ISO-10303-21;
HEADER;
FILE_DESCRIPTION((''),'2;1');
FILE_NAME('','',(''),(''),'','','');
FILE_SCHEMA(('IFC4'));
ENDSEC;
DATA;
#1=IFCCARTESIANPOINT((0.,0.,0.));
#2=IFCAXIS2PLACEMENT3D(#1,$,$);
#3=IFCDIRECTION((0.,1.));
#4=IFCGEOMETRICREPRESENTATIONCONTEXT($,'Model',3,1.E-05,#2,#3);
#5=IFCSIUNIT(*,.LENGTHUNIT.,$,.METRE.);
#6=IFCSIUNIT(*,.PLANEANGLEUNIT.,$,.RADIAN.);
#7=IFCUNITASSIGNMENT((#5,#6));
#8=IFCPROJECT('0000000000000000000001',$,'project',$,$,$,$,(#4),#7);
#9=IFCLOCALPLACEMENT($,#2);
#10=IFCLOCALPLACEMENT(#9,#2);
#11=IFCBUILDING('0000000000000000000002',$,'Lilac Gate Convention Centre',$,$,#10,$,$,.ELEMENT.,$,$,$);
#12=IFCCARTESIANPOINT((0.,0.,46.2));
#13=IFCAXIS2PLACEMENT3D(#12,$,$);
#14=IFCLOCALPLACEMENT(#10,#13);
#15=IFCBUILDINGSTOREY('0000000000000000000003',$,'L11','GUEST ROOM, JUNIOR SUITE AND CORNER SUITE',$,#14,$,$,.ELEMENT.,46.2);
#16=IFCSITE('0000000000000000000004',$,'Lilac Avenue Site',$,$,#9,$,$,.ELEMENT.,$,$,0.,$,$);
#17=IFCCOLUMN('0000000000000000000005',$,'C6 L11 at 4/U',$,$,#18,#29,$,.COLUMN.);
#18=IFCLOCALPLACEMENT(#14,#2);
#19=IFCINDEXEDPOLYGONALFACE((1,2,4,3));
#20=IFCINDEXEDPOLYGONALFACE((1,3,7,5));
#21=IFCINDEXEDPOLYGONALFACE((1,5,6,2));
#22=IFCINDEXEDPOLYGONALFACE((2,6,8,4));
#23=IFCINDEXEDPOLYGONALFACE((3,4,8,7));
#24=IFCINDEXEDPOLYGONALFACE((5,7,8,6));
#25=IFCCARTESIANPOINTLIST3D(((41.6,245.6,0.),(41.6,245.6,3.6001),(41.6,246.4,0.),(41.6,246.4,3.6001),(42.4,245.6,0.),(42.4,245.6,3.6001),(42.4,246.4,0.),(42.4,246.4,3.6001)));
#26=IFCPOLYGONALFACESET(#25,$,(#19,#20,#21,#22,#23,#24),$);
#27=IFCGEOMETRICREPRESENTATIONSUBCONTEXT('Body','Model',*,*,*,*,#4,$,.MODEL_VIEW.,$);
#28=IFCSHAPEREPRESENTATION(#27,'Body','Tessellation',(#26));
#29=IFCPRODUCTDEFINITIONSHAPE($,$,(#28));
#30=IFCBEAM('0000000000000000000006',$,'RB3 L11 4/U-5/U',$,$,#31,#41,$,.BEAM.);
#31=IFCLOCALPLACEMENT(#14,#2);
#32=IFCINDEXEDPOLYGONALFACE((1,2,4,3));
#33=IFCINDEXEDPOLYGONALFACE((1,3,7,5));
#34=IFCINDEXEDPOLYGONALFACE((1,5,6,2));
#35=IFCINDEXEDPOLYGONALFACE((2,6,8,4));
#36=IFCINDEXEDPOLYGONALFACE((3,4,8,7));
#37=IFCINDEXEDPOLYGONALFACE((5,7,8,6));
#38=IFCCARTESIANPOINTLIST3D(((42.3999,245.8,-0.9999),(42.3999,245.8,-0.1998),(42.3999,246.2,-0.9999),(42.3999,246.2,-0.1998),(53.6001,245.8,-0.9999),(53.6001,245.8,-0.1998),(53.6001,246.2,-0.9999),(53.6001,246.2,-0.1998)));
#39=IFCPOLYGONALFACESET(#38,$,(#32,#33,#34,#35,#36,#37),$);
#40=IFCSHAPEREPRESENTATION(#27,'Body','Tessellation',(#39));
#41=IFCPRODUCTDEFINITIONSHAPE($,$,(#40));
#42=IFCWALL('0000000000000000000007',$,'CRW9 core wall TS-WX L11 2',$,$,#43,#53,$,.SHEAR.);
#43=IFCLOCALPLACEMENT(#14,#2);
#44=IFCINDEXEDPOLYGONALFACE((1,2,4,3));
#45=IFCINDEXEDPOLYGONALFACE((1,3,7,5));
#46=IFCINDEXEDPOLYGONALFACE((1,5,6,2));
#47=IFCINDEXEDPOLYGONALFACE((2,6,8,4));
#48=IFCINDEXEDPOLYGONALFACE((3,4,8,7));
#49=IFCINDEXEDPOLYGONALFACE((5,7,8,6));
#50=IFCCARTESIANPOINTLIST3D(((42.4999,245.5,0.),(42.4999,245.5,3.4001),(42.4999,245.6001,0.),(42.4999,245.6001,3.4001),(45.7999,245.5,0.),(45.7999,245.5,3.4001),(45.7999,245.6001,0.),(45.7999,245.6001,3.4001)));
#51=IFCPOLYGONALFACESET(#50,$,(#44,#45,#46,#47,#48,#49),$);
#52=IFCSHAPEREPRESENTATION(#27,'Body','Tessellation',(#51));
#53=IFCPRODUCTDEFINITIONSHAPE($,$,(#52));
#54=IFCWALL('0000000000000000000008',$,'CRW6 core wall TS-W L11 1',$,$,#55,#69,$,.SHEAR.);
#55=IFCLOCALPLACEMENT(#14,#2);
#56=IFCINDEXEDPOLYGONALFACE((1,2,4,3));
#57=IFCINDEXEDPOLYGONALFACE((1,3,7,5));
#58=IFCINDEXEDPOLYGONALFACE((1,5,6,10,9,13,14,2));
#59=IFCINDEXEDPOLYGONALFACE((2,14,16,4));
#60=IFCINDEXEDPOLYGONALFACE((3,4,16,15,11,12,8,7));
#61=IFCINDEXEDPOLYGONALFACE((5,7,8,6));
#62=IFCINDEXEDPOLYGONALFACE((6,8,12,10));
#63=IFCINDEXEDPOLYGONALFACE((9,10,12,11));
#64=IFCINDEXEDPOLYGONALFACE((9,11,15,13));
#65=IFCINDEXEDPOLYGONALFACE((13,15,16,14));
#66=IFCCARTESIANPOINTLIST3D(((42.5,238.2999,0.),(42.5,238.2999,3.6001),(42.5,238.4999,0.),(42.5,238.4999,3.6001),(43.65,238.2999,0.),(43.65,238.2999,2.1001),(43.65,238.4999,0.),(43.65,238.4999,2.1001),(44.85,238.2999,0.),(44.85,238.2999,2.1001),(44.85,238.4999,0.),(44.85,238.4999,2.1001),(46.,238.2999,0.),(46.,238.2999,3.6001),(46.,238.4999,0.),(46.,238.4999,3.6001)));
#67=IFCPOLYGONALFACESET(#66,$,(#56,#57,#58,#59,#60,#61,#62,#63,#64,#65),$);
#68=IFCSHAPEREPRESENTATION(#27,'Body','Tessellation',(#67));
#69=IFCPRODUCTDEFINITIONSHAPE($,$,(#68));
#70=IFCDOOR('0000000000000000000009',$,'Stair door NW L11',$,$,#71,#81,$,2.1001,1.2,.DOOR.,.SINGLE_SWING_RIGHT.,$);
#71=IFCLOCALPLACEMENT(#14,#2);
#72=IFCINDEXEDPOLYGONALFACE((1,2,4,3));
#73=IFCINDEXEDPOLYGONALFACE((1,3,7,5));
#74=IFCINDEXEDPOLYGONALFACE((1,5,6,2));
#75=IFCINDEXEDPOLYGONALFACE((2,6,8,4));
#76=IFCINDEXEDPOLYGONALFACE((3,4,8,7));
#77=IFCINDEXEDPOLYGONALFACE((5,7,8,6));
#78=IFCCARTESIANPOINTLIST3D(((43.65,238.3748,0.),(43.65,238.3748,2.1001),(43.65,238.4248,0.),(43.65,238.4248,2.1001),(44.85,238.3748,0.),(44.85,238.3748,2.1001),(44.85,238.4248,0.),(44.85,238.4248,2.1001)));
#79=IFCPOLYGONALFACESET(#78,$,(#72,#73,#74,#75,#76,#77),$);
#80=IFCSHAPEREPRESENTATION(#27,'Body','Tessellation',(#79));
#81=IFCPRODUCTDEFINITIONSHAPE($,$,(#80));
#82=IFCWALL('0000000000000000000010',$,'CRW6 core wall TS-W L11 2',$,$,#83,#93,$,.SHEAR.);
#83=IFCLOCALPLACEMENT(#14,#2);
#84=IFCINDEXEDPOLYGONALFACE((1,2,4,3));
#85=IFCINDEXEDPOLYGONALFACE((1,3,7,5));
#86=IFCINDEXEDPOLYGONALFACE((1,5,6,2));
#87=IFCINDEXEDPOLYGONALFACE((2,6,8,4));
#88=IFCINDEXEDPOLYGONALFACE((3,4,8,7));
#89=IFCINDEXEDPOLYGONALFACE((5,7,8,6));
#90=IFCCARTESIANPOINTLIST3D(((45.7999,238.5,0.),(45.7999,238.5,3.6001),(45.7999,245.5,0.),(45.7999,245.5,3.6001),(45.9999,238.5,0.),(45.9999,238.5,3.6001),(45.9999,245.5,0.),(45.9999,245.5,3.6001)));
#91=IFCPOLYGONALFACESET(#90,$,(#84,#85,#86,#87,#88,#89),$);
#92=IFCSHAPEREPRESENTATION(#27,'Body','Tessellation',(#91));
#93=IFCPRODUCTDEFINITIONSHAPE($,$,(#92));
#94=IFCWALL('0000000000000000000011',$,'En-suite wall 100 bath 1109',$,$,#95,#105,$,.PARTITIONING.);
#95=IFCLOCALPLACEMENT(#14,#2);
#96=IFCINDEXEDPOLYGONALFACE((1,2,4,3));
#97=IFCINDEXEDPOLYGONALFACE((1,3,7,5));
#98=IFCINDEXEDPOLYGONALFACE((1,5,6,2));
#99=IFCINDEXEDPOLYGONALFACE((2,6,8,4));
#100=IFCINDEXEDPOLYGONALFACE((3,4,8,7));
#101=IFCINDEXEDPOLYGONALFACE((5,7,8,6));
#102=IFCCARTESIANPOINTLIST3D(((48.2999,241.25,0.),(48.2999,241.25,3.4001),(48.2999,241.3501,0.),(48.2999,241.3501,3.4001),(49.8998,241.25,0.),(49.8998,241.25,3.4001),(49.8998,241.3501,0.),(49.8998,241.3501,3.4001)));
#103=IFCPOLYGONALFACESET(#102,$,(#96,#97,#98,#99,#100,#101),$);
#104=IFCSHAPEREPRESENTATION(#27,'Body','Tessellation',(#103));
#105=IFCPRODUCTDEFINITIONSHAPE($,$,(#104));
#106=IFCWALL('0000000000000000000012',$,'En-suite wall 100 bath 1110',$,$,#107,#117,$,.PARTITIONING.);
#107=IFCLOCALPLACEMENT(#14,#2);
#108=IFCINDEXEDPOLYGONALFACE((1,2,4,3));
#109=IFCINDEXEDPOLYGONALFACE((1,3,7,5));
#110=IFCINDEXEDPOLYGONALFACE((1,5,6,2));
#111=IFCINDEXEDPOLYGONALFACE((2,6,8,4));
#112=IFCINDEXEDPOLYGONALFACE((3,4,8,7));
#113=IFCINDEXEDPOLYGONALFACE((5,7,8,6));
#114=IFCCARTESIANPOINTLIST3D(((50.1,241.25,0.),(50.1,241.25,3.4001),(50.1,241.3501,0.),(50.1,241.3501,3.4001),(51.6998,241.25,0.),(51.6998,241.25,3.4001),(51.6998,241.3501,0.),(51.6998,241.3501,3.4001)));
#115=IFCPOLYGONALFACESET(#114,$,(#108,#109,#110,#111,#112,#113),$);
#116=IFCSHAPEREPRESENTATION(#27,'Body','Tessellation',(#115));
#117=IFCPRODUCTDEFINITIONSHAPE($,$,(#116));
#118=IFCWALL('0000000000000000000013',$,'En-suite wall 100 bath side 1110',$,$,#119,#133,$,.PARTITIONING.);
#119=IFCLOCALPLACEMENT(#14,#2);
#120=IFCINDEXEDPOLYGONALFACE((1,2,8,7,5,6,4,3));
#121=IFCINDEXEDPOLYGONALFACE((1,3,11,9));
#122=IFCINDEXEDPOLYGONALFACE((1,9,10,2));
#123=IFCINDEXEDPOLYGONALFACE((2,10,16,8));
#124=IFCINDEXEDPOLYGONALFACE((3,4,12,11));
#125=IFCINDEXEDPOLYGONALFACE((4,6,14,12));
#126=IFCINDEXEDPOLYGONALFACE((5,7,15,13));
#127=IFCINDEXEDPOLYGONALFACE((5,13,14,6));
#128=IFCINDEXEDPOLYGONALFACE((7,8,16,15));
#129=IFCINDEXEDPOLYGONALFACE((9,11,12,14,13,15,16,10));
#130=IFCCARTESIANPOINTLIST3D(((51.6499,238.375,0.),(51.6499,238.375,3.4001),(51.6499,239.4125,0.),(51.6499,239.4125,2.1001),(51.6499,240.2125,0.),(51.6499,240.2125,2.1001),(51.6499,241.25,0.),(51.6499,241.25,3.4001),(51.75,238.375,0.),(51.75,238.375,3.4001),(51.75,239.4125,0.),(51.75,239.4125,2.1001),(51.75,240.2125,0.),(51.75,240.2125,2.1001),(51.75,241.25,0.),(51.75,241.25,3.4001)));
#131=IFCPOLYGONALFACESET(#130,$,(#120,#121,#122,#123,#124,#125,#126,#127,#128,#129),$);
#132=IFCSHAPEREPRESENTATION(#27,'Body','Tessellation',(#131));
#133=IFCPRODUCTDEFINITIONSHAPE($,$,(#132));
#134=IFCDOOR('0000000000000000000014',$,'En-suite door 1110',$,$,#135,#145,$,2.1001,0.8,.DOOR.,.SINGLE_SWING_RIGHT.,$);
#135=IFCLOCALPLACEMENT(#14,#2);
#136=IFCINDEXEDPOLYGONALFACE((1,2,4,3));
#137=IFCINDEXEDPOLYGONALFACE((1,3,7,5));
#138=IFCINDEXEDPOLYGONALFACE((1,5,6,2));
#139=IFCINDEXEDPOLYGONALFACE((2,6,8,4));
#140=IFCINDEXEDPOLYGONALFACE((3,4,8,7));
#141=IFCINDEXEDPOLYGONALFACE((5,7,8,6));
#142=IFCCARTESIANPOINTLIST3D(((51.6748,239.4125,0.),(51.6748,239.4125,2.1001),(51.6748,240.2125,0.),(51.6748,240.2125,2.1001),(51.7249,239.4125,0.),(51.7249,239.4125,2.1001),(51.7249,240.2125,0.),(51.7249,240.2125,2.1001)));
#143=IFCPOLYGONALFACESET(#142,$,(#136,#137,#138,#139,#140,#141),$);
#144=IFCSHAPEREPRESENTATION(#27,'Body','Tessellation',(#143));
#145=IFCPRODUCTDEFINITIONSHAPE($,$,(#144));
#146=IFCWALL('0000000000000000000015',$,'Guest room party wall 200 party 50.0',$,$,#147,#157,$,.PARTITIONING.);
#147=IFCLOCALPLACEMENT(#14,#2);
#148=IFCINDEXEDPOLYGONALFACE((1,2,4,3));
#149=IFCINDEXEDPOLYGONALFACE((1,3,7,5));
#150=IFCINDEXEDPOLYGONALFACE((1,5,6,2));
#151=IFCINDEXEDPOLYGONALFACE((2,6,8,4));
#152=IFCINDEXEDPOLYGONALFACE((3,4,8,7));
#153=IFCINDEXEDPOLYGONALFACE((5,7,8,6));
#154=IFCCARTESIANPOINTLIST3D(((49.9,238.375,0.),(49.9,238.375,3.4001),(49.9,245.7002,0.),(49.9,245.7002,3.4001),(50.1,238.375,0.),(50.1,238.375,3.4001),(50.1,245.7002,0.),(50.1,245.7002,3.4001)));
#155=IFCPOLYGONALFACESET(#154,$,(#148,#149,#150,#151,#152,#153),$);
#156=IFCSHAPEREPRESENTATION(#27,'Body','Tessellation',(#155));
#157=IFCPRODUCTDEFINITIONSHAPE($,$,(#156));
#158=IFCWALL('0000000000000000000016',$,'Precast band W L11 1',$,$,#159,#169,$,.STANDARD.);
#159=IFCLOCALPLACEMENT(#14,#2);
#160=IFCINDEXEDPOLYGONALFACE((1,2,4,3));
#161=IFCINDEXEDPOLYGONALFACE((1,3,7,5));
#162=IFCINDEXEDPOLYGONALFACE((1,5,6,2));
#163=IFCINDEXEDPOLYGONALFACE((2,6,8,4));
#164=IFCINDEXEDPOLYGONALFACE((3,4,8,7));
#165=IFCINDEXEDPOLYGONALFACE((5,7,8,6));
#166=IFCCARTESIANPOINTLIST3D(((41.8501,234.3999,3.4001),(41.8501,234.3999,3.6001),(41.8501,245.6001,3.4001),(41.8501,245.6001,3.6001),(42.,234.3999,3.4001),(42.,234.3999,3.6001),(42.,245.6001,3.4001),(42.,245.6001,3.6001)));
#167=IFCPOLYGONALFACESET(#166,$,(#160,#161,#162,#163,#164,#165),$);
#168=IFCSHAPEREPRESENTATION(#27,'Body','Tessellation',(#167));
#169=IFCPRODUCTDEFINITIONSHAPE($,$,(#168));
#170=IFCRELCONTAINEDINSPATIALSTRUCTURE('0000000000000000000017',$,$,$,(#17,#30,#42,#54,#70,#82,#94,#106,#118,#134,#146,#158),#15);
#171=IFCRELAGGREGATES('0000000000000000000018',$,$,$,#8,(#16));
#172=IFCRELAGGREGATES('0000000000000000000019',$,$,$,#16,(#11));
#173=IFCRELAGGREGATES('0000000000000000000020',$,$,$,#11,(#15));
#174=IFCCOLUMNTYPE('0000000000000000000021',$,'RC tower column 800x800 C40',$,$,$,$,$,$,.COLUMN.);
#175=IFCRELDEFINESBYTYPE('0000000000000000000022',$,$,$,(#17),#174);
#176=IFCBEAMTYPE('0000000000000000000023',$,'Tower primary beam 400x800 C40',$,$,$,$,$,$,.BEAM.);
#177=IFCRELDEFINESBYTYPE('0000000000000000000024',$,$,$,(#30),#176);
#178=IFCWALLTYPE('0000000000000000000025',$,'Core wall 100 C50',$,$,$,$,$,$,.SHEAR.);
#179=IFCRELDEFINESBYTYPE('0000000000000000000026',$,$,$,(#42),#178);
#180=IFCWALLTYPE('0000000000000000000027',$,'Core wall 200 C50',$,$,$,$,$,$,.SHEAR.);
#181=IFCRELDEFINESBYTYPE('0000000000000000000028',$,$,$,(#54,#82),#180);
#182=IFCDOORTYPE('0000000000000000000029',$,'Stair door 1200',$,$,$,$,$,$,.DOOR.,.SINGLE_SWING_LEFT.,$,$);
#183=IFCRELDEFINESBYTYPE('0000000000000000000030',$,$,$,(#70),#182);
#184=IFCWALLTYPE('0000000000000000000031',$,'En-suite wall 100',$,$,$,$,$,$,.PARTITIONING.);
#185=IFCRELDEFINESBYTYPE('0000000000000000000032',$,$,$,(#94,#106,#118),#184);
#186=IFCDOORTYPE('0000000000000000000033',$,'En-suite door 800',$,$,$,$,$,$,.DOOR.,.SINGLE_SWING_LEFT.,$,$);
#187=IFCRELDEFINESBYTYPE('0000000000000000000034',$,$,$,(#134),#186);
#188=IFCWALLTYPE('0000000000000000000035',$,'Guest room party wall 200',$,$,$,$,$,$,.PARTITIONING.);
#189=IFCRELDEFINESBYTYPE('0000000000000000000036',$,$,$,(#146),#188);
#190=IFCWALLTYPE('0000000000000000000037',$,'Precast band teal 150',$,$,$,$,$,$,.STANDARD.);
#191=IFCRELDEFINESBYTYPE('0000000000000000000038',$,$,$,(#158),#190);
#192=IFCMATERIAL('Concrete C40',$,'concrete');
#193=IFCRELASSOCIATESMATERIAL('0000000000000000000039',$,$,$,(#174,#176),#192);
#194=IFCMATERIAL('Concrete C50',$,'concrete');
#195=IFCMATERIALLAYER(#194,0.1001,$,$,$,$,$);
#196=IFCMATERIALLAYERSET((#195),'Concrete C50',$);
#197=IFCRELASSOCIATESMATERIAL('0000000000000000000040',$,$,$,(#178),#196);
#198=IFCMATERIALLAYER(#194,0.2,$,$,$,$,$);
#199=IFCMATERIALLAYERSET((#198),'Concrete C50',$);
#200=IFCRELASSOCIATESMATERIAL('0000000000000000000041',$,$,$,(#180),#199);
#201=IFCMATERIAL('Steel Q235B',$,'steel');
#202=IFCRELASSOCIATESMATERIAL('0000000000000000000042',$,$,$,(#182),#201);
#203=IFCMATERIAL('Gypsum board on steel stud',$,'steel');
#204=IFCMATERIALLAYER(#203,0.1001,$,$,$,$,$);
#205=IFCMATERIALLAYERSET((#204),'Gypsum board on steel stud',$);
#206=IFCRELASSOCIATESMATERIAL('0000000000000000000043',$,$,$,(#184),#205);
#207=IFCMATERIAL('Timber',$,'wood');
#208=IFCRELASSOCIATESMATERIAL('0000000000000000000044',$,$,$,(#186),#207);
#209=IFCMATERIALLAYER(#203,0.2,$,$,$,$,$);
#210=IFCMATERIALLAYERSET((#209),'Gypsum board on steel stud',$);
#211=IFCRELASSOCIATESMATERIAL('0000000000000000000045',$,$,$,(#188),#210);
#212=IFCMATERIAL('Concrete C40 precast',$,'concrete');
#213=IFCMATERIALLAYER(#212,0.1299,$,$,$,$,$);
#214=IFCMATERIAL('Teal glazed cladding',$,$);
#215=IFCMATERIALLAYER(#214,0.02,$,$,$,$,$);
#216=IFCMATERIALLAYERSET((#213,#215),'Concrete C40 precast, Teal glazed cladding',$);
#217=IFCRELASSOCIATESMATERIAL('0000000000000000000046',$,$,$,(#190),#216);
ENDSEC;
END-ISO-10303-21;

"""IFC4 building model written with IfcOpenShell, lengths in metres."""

from ifc_helpers import new_model, si_unit, direction, frame, frame_2d, origin, origin_2d, place, context, subcontext, project, spatial, rectangle, extrude, material, layer, layer_set, material_profile, profile_set, type_object, element, fill, save


model = new_model("IFC4")

# Units and contexts
model_context = context("Model", 3, precision=1e-05, world=origin(), true_north=direction((0.0, 1.0)))
body_context = subcontext(model_context, "Body", "Model", "MODEL_VIEW")
ifc_project = project(units=[si_unit("LENGTHUNIT", "METRE"), si_unit("PLANEANGLEUNIT", "RADIAN")], contexts=[model_context])

# Site, building, storey
site_placement = place(None, origin())
site = spatial("IfcSite", under=ifc_project, at=site_placement, Name="Lilac Avenue Site", CompositionType="ELEMENT", RefElevation=0.0)
building_placement = place(site_placement, origin())
building = spatial("IfcBuilding", under=site, at=building_placement, Name="Lilac Gate Convention Centre", CompositionType="ELEMENT")
storey_placement = place(building_placement, frame((0.0, 0.0, 46.2)))
storey = spatial("IfcBuildingStorey", under=building, at=storey_placement, Name="L11", Description="GUEST ROOM, JUNIOR SUITE AND CORNER SUITE", CompositionType="ELEMENT", Elevation=46.2)

# Column
ifc_material_1 = material(Name="Concrete C40", Category="concrete")
ifc_material_profile_1 = material_profile(ifc_material_1, rectangle(XDim=0.8, YDim=0.8, at=origin_2d()), Name="RC 800x800")
ifc_profile_set_1 = profile_set([ifc_material_profile_1], Name="Concrete C40")
column_type = type_object("IfcColumnType", Name="RC tower column 800x800 C40", PredefinedType="COLUMN", material=ifc_profile_set_1)
column_placement = place(storey_placement, frame((42.0, 246.0, 0.0), z_axis=(0.0, 0.0, 1.0), x_axis=(1.0, 0.0, 0.0)))
element("IfcColumn", 1, at=column_placement, inside=storey, type_object=column_type, Name="C6 L11 at 4/U", PredefinedType="COLUMN", context=body_context, shape_type="SweptSolid", body=[
    extrude(rectangle(XDim=0.8, YDim=0.8, at=origin_2d()), origin(), (0.0, 0.0, 1.0), 3.6001),
])

# Beam
ifc_material_profile_2 = material_profile(ifc_material_1, rectangle(XDim=0.3999, YDim=0.8, at=origin_2d()), Name="RC 400x800")
ifc_profile_set_2 = profile_set([ifc_material_profile_2], Name="Concrete C40")
beam_type = type_object("IfcBeamType", Name="Tower primary beam 400x800 C40", PredefinedType="BEAM", material=ifc_profile_set_2)
beam_placement = place(storey_placement, frame((42.3999, 246.0, -0.5999), z_axis=(1.0, 0.0, 0.0), x_axis=(0.0, 1.0, 0.0)))
element("IfcBeam", 2, at=beam_placement, inside=storey, type_object=beam_type, Name="RB3 L11 4/U-5/U", PredefinedType="BEAM", context=body_context, shape_type="SweptSolid", body=[
    extrude(rectangle(XDim=0.3999, YDim=0.8, at=origin_2d()), origin(), (0.0, 0.0, 1.0), 11.2002),
])

# Wall
ifc_material_2 = material(Name="Concrete C50", Category="concrete")
ifc_layer_1 = layer(ifc_material_2, 0.1001)
ifc_layer_set_1 = layer_set([ifc_layer_1], Name="Concrete C50")
wall_type_1 = type_object("IfcWallType", Name="Core wall 100 C50", PredefinedType="SHEAR", material=ifc_layer_set_1)
wall_1_placement = place(storey_placement, frame((42.5, 245.55, 0.0), z_axis=(0.0, 0.0, 1.0), x_axis=(1.0, 0.0, 0.0)))
element("IfcWall", 3, at=wall_1_placement, inside=storey, type_object=wall_type_1, Name="CRW9 core wall TS-WX L11 2", PredefinedType="SHEAR", context=body_context, shape_type="SweptSolid", body=[
    extrude(rectangle(XDim=3.3, YDim=0.1001, at=frame_2d((1.6499, 0.0))), origin(), (0.0, 0.0, 1.0), 3.4001),
])

# Wall, opening, door
ifc_layer_2 = layer(ifc_material_2, 0.2)
ifc_layer_set_2 = layer_set([ifc_layer_2], Name="Concrete C50")
wall_type_2 = type_object("IfcWallType", Name="Core wall 200 C50", PredefinedType="SHEAR", material=ifc_layer_set_2)
wall_2_placement = place(storey_placement, frame((42.5, 238.3999, 0.0), z_axis=(0.0, 0.0, 1.0), x_axis=(1.0, 0.0, 0.0)))
wall_2 = element("IfcWall", 4, at=wall_2_placement, inside=storey, type_object=wall_type_2, Name="CRW6 core wall TS-W L11 1", PredefinedType="SHEAR", context=body_context, shape_type="SweptSolid", body=[
    extrude(rectangle(XDim=3.5, YDim=0.2, at=frame_2d((1.75, 0.0))), origin(), (0.0, 0.0, 1.0), 3.6001),
])
opening_1_placement = place(wall_2_placement, frame((1.1499, 0.0, 0.0)))
opening_1 = element("IfcOpeningElement", 5, at=opening_1_placement, cuts=wall_2, PredefinedType="OPENING", context=body_context, shape_type="SweptSolid", body=[
    extrude(rectangle(XDim=1.2, YDim=2.1001, at=frame_2d((0.6001, 1.05))), frame((0.0, 0.1099, 0.0), z_axis=(0.0, -1.0, 0.0), x_axis=(1.0, 0.0, 0.0)), (0.0, 0.0, 1.0), 0.22),
])
ifc_material_3 = material(Name="Steel Q235B", Category="steel")
door_type_1 = type_object("IfcDoorType", Name="Stair door 1200", OperationType="SINGLE_SWING_LEFT", PredefinedType="DOOR", material=ifc_material_3)
door_1_placement = place(opening_1_placement, origin())
door_1 = element("IfcDoor", 6, at=door_1_placement, inside=storey, type_object=door_type_1, Name="Stair door NW L11", OperationType="SINGLE_SWING_RIGHT", OverallHeight=2.1001, OverallWidth=1.2, PredefinedType="DOOR", context=body_context, shape_type="SweptSolid", body=[
    extrude(rectangle(XDim=1.2, YDim=2.1001, at=frame_2d((0.6001, 1.05))), frame((0.0, 0.0249, 0.0), z_axis=(0.0, -1.0, 0.0), x_axis=(1.0, 0.0, 0.0)), (0.0, 0.0, 1.0), 0.05),
])
fill(opening_1, door_1)

# Walls
wall_3_placement = place(storey_placement, frame((45.8999, 238.5, 0.0), z_axis=(0.0, 0.0, 1.0), x_axis=(0.0, 1.0, 0.0)))
element("IfcWall", 7, at=wall_3_placement, inside=storey, type_object=wall_type_2, Name="CRW6 core wall TS-W L11 2", PredefinedType="SHEAR", context=body_context, shape_type="SweptSolid", body=[
    extrude(rectangle(XDim=7.0, YDim=0.2, at=frame_2d((3.5, 0.0))), origin(), (0.0, 0.0, 1.0), 3.6001),
])
ifc_material_4 = material(Name="Gypsum board on steel stud", Category="steel")
ifc_layer_3 = layer(ifc_material_4, 0.1001)
ifc_layer_set_3 = layer_set([ifc_layer_3], Name="Gypsum board on steel stud")
wall_type_3 = type_object("IfcWallType", Name="En-suite wall 100", PredefinedType="PARTITIONING", material=ifc_layer_set_3)
for number, where, z_axis, x_axis, name in (
    (8, (48.3, 241.3, 0.0), (0.0, 0.0, 1.0), (1.0, 0.0, 0.0), "En-suite wall 100 bath 1109"),
    (9, (50.1001, 241.3, 0.0), (0.0, 0.0, 1.0), (1.0, 0.0, 0.0), "En-suite wall 100 bath 1110"),
):
    element("IfcWall", number, at=place(storey_placement, frame(where, z_axis=z_axis, x_axis=x_axis)), inside=storey, type_object=wall_type_3, Name=name, PredefinedType="PARTITIONING", context=body_context, shape_type="SweptSolid", body=[
        extrude(rectangle(XDim=1.5999, YDim=0.1001, at=frame_2d((0.7998, 0.0))), origin(), (0.0, 0.0, 1.0), 3.4001),
    ])

# Wall, opening, door
wall_4_placement = place(storey_placement, frame((51.7, 241.25, 0.0), z_axis=(0.0, 0.0, 1.0), x_axis=(0.0, -1.0, 0.0)))
wall_4 = element("IfcWall", 10, at=wall_4_placement, inside=storey, type_object=wall_type_3, Name="En-suite wall 100 bath side 1110", PredefinedType="PARTITIONING", context=body_context, shape_type="SweptSolid", body=[
    extrude(rectangle(XDim=2.875, YDim=0.1001, at=frame_2d((1.4375, 0.0))), origin(), (0.0, 0.0, 1.0), 3.4001),
])
opening_2_placement = place(wall_4_placement, frame((1.0376, 0.0, 0.0)))
opening_2 = element("IfcOpeningElement", 11, at=opening_2_placement, cuts=wall_4, PredefinedType="OPENING", context=body_context, shape_type="SweptSolid", body=[
    extrude(rectangle(XDim=0.8, YDim=2.1001, at=frame_2d((0.3999, 1.05))), frame((0.0, 0.0601, 0.0), z_axis=(0.0, -1.0, 0.0), x_axis=(1.0, 0.0, 0.0)), (0.0, 0.0, 1.0), 0.1201),
])
ifc_material_5 = material(Name="Timber", Category="wood")
door_type_2 = type_object("IfcDoorType", Name="En-suite door 800", OperationType="SINGLE_SWING_LEFT", PredefinedType="DOOR", material=ifc_material_5)
door_2_placement = place(opening_2_placement, origin())
door_2 = element("IfcDoor", 12, at=door_2_placement, inside=storey, type_object=door_type_2, Name="En-suite door 1110", OperationType="SINGLE_SWING_RIGHT", OverallHeight=2.1001, OverallWidth=0.8, PredefinedType="DOOR", context=body_context, shape_type="SweptSolid", body=[
    extrude(rectangle(XDim=0.8, YDim=2.1001, at=frame_2d((0.3999, 1.05))), frame((0.0, 0.0249, 0.0), z_axis=(0.0, -1.0, 0.0), x_axis=(1.0, 0.0, 0.0)), (0.0, 0.0, 1.0), 0.05),
])
fill(opening_2, door_2)

# Walls
ifc_layer_4 = layer(ifc_material_4, 0.2)
ifc_layer_set_4 = layer_set([ifc_layer_4], Name="Gypsum board on steel stud")
wall_type_4 = type_object("IfcWallType", Name="Guest room party wall 200", PredefinedType="PARTITIONING", material=ifc_layer_set_4)
wall_5_placement = place(storey_placement, frame((50.0, 245.7002, 0.0), z_axis=(0.0, 0.0, 1.0), x_axis=(0.0, -1.0, 0.0)))
element("IfcWall", 13, at=wall_5_placement, inside=storey, type_object=wall_type_4, Name="Guest room party wall 200 party 50.0", PredefinedType="PARTITIONING", context=body_context, shape_type="SweptSolid", body=[
    extrude(rectangle(XDim=7.3252, YDim=0.2, at=frame_2d((3.6626, 0.0))), origin(), (0.0, 0.0, 1.0), 3.4001),
])
ifc_material_6 = material(Name="Concrete C40 precast", Category="concrete")
ifc_layer_5 = layer(ifc_material_6, 0.1299)
ifc_material_7 = material(Name="Teal glazed cladding")
ifc_layer_6 = layer(ifc_material_7, 0.02)
ifc_layer_set_5 = layer_set([ifc_layer_5, ifc_layer_6], Name="Concrete C40 precast, Teal glazed cladding")
wall_type_5 = type_object("IfcWallType", Name="Precast band teal 150", PredefinedType="STANDARD", material=ifc_layer_set_5)
wall_6_placement = place(storey_placement, frame((41.925, 245.6001, 3.4001), z_axis=(0.0, 0.0, 1.0), x_axis=(0.0, -1.0, 0.0)))
element("IfcWall", 14, at=wall_6_placement, inside=storey, type_object=wall_type_5, Name="Precast band W L11 1", PredefinedType="STANDARD", context=body_context, shape_type="SweptSolid", body=[
    extrude(rectangle(XDim=11.2002, YDim=0.1499, at=frame_2d((5.6001, 0.0))), origin(), (0.0, 0.0, 1.0), 0.2),
])

save(model, "model.ifc")
